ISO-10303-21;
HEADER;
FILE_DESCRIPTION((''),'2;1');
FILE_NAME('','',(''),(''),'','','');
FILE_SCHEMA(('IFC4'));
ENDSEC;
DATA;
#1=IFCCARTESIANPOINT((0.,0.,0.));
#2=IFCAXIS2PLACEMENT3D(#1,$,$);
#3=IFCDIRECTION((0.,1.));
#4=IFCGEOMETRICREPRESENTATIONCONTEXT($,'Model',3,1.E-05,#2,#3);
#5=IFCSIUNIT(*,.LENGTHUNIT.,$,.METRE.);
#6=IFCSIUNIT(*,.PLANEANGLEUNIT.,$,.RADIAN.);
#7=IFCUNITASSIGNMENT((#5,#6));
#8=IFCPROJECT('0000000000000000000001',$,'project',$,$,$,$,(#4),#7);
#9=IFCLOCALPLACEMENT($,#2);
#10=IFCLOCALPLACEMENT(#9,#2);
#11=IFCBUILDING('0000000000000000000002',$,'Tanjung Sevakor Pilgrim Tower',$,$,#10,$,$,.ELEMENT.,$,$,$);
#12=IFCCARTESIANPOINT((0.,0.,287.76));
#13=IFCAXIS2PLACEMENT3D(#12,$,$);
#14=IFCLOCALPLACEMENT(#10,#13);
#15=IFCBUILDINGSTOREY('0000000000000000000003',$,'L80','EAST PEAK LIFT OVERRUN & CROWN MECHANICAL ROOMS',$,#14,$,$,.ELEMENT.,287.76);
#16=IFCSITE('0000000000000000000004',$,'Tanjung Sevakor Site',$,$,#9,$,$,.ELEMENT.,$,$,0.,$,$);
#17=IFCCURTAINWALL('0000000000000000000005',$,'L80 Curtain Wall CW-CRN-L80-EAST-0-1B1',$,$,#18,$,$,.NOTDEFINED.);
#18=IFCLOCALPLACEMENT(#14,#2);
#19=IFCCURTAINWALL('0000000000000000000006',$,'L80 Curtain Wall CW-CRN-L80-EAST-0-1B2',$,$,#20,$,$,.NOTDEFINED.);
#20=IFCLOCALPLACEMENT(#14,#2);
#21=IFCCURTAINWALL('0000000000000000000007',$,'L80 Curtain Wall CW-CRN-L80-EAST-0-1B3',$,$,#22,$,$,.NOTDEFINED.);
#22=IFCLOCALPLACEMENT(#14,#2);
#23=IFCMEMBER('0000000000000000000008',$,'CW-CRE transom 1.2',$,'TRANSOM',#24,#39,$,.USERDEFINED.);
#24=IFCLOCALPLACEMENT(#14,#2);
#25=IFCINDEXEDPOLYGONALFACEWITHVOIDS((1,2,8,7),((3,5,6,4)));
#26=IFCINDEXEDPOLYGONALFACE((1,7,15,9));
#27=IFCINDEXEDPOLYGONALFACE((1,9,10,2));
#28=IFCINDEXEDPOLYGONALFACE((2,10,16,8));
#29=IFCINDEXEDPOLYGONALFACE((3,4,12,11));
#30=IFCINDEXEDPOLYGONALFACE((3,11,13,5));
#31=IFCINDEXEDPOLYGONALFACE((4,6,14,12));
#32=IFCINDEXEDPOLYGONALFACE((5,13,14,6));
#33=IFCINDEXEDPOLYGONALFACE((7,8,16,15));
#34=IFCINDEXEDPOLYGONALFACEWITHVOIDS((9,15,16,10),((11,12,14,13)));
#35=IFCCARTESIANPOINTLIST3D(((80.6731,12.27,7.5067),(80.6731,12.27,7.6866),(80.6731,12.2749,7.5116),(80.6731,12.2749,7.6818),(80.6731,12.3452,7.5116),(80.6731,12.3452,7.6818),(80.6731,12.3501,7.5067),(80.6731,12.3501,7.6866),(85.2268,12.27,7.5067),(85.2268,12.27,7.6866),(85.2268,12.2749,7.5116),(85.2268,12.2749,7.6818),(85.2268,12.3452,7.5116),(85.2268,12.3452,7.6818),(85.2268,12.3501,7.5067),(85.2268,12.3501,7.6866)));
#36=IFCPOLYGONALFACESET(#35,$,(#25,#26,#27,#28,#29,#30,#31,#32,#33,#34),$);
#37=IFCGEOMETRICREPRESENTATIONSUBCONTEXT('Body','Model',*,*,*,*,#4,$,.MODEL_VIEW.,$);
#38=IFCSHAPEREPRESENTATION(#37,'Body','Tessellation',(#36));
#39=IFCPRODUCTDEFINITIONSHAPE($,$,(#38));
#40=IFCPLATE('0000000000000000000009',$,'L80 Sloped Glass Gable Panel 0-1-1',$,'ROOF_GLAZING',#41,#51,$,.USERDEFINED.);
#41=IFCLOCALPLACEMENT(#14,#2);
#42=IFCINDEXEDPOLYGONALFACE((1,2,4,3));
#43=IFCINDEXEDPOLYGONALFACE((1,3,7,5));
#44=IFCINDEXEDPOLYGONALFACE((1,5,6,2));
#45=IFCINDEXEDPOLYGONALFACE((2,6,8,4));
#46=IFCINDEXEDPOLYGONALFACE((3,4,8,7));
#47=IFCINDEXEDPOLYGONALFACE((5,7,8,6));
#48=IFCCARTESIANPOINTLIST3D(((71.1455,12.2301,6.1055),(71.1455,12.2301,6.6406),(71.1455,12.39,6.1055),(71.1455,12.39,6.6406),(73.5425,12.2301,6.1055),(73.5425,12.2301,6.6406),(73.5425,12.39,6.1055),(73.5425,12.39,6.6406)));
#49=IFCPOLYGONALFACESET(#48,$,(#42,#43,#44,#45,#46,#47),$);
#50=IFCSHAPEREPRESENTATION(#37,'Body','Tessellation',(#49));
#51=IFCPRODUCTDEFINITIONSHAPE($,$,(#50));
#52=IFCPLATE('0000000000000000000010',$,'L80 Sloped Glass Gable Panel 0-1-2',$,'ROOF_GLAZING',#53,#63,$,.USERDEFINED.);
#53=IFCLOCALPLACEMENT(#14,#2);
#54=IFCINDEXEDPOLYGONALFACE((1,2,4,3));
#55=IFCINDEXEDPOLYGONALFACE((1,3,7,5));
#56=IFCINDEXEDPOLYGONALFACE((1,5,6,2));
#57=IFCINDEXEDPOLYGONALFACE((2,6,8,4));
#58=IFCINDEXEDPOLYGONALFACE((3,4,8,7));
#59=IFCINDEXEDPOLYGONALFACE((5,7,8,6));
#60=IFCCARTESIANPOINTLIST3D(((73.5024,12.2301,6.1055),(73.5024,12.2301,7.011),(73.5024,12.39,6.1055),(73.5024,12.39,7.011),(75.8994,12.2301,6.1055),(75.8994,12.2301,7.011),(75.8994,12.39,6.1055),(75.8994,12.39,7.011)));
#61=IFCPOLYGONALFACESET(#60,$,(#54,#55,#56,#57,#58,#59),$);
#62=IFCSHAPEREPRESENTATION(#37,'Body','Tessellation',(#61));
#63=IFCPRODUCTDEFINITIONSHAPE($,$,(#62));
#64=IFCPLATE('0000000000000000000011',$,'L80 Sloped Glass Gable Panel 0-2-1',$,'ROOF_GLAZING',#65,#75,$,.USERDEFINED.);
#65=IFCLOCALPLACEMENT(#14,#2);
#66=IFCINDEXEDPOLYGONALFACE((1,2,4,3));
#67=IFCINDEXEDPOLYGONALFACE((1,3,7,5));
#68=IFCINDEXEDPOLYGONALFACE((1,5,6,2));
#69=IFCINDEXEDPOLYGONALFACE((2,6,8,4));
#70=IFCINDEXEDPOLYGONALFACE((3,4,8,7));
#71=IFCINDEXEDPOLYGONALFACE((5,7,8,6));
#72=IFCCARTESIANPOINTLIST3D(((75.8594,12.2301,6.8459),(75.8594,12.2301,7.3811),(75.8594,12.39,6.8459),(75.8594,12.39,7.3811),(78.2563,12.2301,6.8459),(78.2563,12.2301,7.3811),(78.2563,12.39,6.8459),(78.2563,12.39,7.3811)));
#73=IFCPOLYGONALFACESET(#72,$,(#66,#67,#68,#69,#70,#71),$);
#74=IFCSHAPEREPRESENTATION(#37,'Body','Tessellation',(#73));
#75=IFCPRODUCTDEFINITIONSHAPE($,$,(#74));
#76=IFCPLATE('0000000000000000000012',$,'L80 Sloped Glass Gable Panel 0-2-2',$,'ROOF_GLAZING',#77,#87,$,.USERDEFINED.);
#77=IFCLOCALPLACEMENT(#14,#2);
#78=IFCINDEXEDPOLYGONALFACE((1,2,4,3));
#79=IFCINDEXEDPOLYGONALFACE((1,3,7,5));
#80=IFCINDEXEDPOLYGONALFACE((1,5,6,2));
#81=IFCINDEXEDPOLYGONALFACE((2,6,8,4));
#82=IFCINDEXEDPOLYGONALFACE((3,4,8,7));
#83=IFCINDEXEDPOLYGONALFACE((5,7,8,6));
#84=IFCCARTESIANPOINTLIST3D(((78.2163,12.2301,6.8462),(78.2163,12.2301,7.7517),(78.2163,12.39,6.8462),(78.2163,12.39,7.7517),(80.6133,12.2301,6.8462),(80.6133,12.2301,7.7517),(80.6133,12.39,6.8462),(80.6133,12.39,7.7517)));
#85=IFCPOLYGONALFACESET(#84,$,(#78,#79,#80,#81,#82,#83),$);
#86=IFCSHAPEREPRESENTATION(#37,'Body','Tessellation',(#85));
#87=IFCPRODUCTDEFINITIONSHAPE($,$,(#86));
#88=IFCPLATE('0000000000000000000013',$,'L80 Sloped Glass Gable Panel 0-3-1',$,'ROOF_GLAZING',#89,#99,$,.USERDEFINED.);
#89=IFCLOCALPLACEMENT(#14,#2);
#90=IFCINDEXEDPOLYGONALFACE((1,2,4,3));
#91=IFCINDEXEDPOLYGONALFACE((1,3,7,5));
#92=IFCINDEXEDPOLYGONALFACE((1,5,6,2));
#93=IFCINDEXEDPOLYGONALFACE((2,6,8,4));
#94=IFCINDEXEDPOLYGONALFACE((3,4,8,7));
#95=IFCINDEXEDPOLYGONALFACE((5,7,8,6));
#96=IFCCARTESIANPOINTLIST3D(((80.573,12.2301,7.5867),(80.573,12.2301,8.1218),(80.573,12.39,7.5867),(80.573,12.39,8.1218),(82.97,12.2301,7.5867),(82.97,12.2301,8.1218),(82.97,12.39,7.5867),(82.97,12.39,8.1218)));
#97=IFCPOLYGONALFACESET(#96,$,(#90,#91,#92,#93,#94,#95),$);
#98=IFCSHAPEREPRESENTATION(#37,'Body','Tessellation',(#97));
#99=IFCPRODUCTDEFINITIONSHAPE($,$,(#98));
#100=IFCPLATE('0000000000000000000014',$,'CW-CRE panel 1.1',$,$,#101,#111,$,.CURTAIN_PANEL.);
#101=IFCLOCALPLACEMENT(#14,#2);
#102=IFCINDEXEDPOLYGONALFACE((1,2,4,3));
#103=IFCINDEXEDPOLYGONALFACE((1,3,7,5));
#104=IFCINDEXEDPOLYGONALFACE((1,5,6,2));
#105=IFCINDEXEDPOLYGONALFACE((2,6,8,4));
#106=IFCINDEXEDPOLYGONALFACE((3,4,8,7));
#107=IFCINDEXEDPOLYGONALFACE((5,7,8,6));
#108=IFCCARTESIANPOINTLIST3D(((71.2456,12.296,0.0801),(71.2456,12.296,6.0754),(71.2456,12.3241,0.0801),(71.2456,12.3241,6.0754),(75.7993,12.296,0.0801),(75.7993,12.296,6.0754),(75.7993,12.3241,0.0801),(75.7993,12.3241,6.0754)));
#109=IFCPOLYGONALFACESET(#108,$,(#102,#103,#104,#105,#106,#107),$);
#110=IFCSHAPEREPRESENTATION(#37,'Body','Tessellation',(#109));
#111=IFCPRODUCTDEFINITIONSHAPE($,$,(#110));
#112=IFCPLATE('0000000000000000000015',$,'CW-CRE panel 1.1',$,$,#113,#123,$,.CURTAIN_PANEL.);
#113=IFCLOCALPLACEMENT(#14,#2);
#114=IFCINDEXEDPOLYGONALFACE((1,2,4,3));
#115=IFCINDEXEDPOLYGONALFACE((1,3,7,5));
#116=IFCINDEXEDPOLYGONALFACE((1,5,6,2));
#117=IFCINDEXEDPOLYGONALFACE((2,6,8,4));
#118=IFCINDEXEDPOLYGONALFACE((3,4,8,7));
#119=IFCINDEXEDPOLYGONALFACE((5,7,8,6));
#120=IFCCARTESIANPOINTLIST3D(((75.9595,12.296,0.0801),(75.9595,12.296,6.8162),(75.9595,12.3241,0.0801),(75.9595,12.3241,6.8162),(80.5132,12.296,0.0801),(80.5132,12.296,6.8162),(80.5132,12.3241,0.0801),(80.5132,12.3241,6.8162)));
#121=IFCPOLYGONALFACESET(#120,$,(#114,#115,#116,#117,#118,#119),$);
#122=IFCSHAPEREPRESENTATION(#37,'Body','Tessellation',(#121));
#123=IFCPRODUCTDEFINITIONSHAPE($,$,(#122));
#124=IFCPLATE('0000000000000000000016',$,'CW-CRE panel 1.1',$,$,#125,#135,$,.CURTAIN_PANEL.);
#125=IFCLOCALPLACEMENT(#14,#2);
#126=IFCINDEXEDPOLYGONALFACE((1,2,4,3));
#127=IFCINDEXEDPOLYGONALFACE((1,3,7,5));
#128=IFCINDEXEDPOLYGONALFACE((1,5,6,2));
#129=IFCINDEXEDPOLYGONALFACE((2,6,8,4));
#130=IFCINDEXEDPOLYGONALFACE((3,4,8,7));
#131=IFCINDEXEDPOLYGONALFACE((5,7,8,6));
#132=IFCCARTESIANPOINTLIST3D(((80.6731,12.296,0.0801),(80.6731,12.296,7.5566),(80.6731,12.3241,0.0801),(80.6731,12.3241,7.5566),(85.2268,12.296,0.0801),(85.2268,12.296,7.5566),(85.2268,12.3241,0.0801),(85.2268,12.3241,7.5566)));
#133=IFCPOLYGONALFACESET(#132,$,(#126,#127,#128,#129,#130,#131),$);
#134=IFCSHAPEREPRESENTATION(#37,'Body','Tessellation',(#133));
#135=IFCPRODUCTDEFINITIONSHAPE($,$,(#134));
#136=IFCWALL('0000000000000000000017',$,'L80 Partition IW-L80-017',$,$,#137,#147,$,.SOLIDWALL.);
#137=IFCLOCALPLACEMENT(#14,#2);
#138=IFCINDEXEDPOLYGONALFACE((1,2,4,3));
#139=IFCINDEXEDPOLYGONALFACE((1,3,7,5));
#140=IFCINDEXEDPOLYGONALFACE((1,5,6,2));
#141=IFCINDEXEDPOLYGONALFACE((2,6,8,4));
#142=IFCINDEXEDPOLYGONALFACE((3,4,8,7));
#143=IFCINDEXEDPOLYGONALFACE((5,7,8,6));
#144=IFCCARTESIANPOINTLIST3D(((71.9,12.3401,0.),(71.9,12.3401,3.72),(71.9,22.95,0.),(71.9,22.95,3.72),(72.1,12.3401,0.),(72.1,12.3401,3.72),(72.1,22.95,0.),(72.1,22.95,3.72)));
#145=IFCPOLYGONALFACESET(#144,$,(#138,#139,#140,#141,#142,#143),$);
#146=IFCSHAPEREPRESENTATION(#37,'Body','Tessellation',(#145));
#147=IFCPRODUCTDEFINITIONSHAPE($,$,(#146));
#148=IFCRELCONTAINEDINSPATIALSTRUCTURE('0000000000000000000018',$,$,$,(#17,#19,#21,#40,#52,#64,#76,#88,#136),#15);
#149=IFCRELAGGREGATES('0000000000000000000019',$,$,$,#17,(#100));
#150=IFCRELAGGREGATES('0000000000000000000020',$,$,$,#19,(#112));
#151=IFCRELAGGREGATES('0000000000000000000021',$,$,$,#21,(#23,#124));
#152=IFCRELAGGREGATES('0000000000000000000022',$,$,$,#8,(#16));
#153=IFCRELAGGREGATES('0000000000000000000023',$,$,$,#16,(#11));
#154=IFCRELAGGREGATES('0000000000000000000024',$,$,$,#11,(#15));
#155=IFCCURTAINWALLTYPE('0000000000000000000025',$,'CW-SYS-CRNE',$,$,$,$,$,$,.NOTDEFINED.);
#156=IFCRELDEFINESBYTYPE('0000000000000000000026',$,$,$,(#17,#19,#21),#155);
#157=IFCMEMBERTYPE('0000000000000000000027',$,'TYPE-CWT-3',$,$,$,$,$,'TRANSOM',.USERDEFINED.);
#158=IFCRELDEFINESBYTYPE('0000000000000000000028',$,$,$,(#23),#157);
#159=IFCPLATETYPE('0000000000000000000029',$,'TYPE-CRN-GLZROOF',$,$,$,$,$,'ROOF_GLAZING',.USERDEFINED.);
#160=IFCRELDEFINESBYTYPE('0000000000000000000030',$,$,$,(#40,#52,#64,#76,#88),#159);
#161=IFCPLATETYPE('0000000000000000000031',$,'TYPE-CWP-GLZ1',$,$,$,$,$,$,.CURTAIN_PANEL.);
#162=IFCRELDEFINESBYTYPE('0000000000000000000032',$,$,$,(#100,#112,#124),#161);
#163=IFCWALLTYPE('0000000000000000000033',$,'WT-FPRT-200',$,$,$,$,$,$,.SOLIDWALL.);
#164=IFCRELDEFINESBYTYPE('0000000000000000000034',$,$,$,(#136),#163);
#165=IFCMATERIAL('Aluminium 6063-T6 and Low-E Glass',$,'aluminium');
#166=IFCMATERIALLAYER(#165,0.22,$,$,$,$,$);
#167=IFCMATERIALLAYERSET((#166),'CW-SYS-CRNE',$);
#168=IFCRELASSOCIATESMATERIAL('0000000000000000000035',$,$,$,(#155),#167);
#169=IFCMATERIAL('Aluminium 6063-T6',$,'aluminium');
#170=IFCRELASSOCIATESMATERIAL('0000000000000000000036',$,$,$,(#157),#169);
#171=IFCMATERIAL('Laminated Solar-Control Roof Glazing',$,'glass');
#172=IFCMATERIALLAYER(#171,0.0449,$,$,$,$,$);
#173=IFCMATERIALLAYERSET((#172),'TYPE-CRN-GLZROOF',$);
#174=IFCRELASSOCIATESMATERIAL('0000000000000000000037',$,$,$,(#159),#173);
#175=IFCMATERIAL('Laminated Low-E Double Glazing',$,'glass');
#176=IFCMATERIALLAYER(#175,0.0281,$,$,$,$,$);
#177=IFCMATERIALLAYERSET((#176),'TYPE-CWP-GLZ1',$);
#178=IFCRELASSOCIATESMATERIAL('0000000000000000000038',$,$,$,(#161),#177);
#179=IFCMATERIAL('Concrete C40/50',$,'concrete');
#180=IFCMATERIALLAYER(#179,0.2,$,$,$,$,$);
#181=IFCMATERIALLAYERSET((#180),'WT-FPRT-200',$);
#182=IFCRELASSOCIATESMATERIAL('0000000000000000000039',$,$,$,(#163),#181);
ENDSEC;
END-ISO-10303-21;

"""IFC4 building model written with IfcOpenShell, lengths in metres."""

from ifc_helpers import new_model, si_unit, direction, frame, frame_2d, origin, origin_2d, place, context, subcontext, project, spatial, rectangle, hollow_rectangle, extrude, material, layer, layer_set, material_profile, profile_set, type_object, element, aggregate, save


model = new_model("IFC4")

# Units and contexts
model_context = context("Model", 3, precision=1e-05, world=origin(), true_north=direction((0.0, 1.0)))
body_context = subcontext(model_context, "Body", "Model", "MODEL_VIEW")
ifc_project = project(units=[si_unit("LENGTHUNIT", "METRE"), si_unit("PLANEANGLEUNIT", "RADIAN")], contexts=[model_context])

# Site, building, storey
site_placement = place(None, origin())
site = spatial("IfcSite", under=ifc_project, at=site_placement, Name="Tanjung Sevakor Site", CompositionType="ELEMENT", RefElevation=0.0)
building_placement = place(site_placement, origin())
building = spatial("IfcBuilding", under=site, at=building_placement, Name="Tanjung Sevakor Pilgrim Tower", CompositionType="ELEMENT")
storey_placement = place(building_placement, frame((0.0, 0.0, 287.76)))
storey = spatial("IfcBuildingStorey", under=building, at=storey_placement, Name="L80", Description="EAST PEAK LIFT OVERRUN & CROWN MECHANICAL ROOMS", CompositionType="ELEMENT", Elevation=287.76)

# Curtain wall
ifc_material_1 = material(Name="Aluminium 6063-T6 and Low-E Glass", Category="aluminium")
ifc_layer_1 = layer(ifc_material_1, 0.22)
ifc_layer_set_1 = layer_set([ifc_layer_1], Name="CW-SYS-CRNE")
curtain_wall_type = type_object("IfcCurtainWallType", Name="CW-SYS-CRNE", PredefinedType="NOTDEFINED", material=ifc_layer_set_1)
curtain_wall_1_placement = place(storey_placement, origin())
curtain_wall_1 = element("IfcCurtainWall", 1, at=curtain_wall_1_placement, inside=storey, type_object=curtain_wall_type, Name="L80 Curtain Wall CW-CRN-L80-EAST-0-1B1", PredefinedType="NOTDEFINED")

# Curtain wall
curtain_wall_2_placement = place(storey_placement, origin())
curtain_wall_2 = element("IfcCurtainWall", 2, at=curtain_wall_2_placement, inside=storey, type_object=curtain_wall_type, Name="L80 Curtain Wall CW-CRN-L80-EAST-0-1B2", PredefinedType="NOTDEFINED")

# Curtain wall
curtain_wall_3_placement = place(storey_placement, origin())
curtain_wall_3 = element("IfcCurtainWall", 3, at=curtain_wall_3_placement, inside=storey, type_object=curtain_wall_type, Name="L80 Curtain Wall CW-CRN-L80-EAST-0-1B3", PredefinedType="NOTDEFINED")

# Member
ifc_material_2 = material(Name="Aluminium 6063-T6", Category="aluminium")
ifc_material_profile_1 = material_profile(ifc_material_2, hollow_rectangle(XDim=0.0801, YDim=0.1799, WallThickness=0.0049, at=origin_2d()))
ifc_profile_set_1 = profile_set([ifc_material_profile_1], Name="Aluminium 6063-T6")
member_type_1 = type_object("IfcMemberType", Name="TYPE-CWT-3", ElementType="TRANSOM", PredefinedType="USERDEFINED", material=ifc_profile_set_1)
member_1_placement = place(storey_placement, frame((80.6731, 12.3101, 7.5967), z_axis=(1.0, 0.0, 0.0), x_axis=(0.0, 1.0, 0.0)))
member_1 = element("IfcMember", 4, at=member_1_placement, type_object=member_type_1, Name="CW-CRE transom 1.2", ObjectType="TRANSOM", PredefinedType="USERDEFINED", context=body_context, shape_type="SweptSolid", body=[
    extrude(hollow_rectangle(XDim=0.0801, YDim=0.1799, WallThickness=0.0049, at=origin_2d()), origin(), (0.0, 0.0, 1.0), 4.5537),
])

# Plates
ifc_material_3 = material(Name="Laminated Solar-Control Roof Glazing", Category="glass")
ifc_layer_2 = layer(ifc_material_3, 0.0449)
ifc_layer_set_2 = layer_set([ifc_layer_2], Name="TYPE-CRN-GLZROOF")
plate_type_1 = type_object("IfcPlateType", Name="TYPE-CRN-GLZROOF", ElementType="ROOF_GLAZING", PredefinedType="USERDEFINED", material=ifc_layer_set_2)
plate_1_placement = place(storey_placement, frame((72.344, 12.3101, 6.1055), z_axis=(0.0, 0.0, 1.0), x_axis=(1.0, 0.0, 0.0)))
element("IfcPlate", 5, at=plate_1_placement, inside=storey, type_object=plate_type_1, Name="L80 Sloped Glass Gable Panel 0-1-1", ObjectType="ROOF_GLAZING", PredefinedType="USERDEFINED", context=body_context, shape_type="SweptSolid", body=[
    extrude(rectangle(XDim=2.397, YDim=0.1599, at=origin_2d()), origin(), (0.0, 0.0, 1.0), 0.5352),
])
plate_2_placement = place(storey_placement, frame((74.7009, 12.3101, 6.1055), z_axis=(0.0, 0.0, 1.0), x_axis=(1.0, 0.0, 0.0)))
element("IfcPlate", 6, at=plate_2_placement, inside=storey, type_object=plate_type_1, Name="L80 Sloped Glass Gable Panel 0-1-2", ObjectType="ROOF_GLAZING", PredefinedType="USERDEFINED", context=body_context, shape_type="SweptSolid", body=[
    extrude(rectangle(XDim=2.397, YDim=0.1599, at=origin_2d()), origin(), (0.0, 0.0, 1.0), 0.9055),
])
plate_3_placement = place(storey_placement, frame((77.0579, 12.3101, 6.8459), z_axis=(0.0, 0.0, 1.0), x_axis=(1.0, 0.0, 0.0)))
element("IfcPlate", 7, at=plate_3_placement, inside=storey, type_object=plate_type_1, Name="L80 Sloped Glass Gable Panel 0-2-1", ObjectType="ROOF_GLAZING", PredefinedType="USERDEFINED", context=body_context, shape_type="SweptSolid", body=[
    extrude(rectangle(XDim=2.397, YDim=0.1599, at=origin_2d()), origin(), (0.0, 0.0, 1.0), 0.5352),
])
plate_4_placement = place(storey_placement, frame((79.4148, 12.3101, 6.8462), z_axis=(0.0, 0.0, 1.0), x_axis=(1.0, 0.0, 0.0)))
element("IfcPlate", 8, at=plate_4_placement, inside=storey, type_object=plate_type_1, Name="L80 Sloped Glass Gable Panel 0-2-2", ObjectType="ROOF_GLAZING", PredefinedType="USERDEFINED", context=body_context, shape_type="SweptSolid", body=[
    extrude(rectangle(XDim=2.397, YDim=0.1599, at=origin_2d()), origin(), (0.0, 0.0, 1.0), 0.9055),
])
plate_5_placement = place(storey_placement, frame((81.7715, 12.3101, 7.5867), z_axis=(0.0, 0.0, 1.0), x_axis=(1.0, 0.0, 0.0)))
element("IfcPlate", 9, at=plate_5_placement, inside=storey, type_object=plate_type_1, Name="L80 Sloped Glass Gable Panel 0-3-1", ObjectType="ROOF_GLAZING", PredefinedType="USERDEFINED", context=body_context, shape_type="SweptSolid", body=[
    extrude(rectangle(XDim=2.397, YDim=0.1599, at=origin_2d()), origin(), (0.0, 0.0, 1.0), 0.5352),
])

# Plates
ifc_material_4 = material(Name="Laminated Low-E Double Glazing", Category="glass")
ifc_layer_3 = layer(ifc_material_4, 0.0281)
ifc_layer_set_3 = layer_set([ifc_layer_3], Name="TYPE-CWP-GLZ1")
plate_type_2 = type_object("IfcPlateType", Name="TYPE-CWP-GLZ1", PredefinedType="CURTAIN_PANEL", material=ifc_layer_set_3)
plate_6_placement = place(storey_placement, frame((73.5225, 12.3101, 0.0801), z_axis=(0.0, 0.0, 1.0), x_axis=(1.0, 0.0, 0.0)))
plate_6 = element("IfcPlate", 10, at=plate_6_placement, type_object=plate_type_2, Name="CW-CRE panel 1.1", PredefinedType="CURTAIN_PANEL", context=body_context, shape_type="SweptSolid", body=[
    extrude(rectangle(XDim=4.5537, YDim=0.0281, at=origin_2d()), origin(), (0.0, 0.0, 1.0), 5.9954),
])
aggregate(curtain_wall_1, [plate_6])
plate_7_placement = place(storey_placement, frame((78.2363, 12.3101, 0.0801), z_axis=(0.0, 0.0, 1.0), x_axis=(1.0, 0.0, 0.0)))
plate_7 = element("IfcPlate", 11, at=plate_7_placement, type_object=plate_type_2, Name="CW-CRE panel 1.1", PredefinedType="CURTAIN_PANEL", context=body_context, shape_type="SweptSolid", body=[
    extrude(rectangle(XDim=4.5537, YDim=0.0281, at=origin_2d()), origin(), (0.0, 0.0, 1.0), 6.7361),
])
aggregate(curtain_wall_2, [plate_7])
plate_8_placement = place(storey_placement, frame((82.95, 12.3101, 0.0801), z_axis=(0.0, 0.0, 1.0), x_axis=(1.0, 0.0, 0.0)))
plate_8 = element("IfcPlate", 12, at=plate_8_placement, type_object=plate_type_2, Name="CW-CRE panel 1.1", PredefinedType="CURTAIN_PANEL", context=body_context, shape_type="SweptSolid", body=[
    extrude(rectangle(XDim=4.5537, YDim=0.0281, at=origin_2d()), origin(), (0.0, 0.0, 1.0), 7.4766),
])
aggregate(curtain_wall_3, [member_1, plate_8])

# Wall
ifc_material_5 = material(Name="Concrete C40/50", Category="concrete")
ifc_layer_4 = layer(ifc_material_5, 0.2)
ifc_layer_set_4 = layer_set([ifc_layer_4], Name="WT-FPRT-200")
wall_type = type_object("IfcWallType", Name="WT-FPRT-200", PredefinedType="SOLIDWALL", material=ifc_layer_set_4)
wall_placement = place(storey_placement, frame((72.0, 12.3401, 0.0), z_axis=(0.0, 0.0, 1.0), x_axis=(0.0, 1.0, 0.0)))
element("IfcWall", 13, at=wall_placement, inside=storey, type_object=wall_type, Name="L80 Partition IW-L80-017", PredefinedType="SOLIDWALL", context=body_context, shape_type="SweptSolid", body=[
    extrude(rectangle(XDim=10.6099, YDim=0.2, at=frame_2d((5.3049, 0.0))), origin(), (0.0, 0.0, 1.0), 3.72),
])

save(model, "model.ifc")
